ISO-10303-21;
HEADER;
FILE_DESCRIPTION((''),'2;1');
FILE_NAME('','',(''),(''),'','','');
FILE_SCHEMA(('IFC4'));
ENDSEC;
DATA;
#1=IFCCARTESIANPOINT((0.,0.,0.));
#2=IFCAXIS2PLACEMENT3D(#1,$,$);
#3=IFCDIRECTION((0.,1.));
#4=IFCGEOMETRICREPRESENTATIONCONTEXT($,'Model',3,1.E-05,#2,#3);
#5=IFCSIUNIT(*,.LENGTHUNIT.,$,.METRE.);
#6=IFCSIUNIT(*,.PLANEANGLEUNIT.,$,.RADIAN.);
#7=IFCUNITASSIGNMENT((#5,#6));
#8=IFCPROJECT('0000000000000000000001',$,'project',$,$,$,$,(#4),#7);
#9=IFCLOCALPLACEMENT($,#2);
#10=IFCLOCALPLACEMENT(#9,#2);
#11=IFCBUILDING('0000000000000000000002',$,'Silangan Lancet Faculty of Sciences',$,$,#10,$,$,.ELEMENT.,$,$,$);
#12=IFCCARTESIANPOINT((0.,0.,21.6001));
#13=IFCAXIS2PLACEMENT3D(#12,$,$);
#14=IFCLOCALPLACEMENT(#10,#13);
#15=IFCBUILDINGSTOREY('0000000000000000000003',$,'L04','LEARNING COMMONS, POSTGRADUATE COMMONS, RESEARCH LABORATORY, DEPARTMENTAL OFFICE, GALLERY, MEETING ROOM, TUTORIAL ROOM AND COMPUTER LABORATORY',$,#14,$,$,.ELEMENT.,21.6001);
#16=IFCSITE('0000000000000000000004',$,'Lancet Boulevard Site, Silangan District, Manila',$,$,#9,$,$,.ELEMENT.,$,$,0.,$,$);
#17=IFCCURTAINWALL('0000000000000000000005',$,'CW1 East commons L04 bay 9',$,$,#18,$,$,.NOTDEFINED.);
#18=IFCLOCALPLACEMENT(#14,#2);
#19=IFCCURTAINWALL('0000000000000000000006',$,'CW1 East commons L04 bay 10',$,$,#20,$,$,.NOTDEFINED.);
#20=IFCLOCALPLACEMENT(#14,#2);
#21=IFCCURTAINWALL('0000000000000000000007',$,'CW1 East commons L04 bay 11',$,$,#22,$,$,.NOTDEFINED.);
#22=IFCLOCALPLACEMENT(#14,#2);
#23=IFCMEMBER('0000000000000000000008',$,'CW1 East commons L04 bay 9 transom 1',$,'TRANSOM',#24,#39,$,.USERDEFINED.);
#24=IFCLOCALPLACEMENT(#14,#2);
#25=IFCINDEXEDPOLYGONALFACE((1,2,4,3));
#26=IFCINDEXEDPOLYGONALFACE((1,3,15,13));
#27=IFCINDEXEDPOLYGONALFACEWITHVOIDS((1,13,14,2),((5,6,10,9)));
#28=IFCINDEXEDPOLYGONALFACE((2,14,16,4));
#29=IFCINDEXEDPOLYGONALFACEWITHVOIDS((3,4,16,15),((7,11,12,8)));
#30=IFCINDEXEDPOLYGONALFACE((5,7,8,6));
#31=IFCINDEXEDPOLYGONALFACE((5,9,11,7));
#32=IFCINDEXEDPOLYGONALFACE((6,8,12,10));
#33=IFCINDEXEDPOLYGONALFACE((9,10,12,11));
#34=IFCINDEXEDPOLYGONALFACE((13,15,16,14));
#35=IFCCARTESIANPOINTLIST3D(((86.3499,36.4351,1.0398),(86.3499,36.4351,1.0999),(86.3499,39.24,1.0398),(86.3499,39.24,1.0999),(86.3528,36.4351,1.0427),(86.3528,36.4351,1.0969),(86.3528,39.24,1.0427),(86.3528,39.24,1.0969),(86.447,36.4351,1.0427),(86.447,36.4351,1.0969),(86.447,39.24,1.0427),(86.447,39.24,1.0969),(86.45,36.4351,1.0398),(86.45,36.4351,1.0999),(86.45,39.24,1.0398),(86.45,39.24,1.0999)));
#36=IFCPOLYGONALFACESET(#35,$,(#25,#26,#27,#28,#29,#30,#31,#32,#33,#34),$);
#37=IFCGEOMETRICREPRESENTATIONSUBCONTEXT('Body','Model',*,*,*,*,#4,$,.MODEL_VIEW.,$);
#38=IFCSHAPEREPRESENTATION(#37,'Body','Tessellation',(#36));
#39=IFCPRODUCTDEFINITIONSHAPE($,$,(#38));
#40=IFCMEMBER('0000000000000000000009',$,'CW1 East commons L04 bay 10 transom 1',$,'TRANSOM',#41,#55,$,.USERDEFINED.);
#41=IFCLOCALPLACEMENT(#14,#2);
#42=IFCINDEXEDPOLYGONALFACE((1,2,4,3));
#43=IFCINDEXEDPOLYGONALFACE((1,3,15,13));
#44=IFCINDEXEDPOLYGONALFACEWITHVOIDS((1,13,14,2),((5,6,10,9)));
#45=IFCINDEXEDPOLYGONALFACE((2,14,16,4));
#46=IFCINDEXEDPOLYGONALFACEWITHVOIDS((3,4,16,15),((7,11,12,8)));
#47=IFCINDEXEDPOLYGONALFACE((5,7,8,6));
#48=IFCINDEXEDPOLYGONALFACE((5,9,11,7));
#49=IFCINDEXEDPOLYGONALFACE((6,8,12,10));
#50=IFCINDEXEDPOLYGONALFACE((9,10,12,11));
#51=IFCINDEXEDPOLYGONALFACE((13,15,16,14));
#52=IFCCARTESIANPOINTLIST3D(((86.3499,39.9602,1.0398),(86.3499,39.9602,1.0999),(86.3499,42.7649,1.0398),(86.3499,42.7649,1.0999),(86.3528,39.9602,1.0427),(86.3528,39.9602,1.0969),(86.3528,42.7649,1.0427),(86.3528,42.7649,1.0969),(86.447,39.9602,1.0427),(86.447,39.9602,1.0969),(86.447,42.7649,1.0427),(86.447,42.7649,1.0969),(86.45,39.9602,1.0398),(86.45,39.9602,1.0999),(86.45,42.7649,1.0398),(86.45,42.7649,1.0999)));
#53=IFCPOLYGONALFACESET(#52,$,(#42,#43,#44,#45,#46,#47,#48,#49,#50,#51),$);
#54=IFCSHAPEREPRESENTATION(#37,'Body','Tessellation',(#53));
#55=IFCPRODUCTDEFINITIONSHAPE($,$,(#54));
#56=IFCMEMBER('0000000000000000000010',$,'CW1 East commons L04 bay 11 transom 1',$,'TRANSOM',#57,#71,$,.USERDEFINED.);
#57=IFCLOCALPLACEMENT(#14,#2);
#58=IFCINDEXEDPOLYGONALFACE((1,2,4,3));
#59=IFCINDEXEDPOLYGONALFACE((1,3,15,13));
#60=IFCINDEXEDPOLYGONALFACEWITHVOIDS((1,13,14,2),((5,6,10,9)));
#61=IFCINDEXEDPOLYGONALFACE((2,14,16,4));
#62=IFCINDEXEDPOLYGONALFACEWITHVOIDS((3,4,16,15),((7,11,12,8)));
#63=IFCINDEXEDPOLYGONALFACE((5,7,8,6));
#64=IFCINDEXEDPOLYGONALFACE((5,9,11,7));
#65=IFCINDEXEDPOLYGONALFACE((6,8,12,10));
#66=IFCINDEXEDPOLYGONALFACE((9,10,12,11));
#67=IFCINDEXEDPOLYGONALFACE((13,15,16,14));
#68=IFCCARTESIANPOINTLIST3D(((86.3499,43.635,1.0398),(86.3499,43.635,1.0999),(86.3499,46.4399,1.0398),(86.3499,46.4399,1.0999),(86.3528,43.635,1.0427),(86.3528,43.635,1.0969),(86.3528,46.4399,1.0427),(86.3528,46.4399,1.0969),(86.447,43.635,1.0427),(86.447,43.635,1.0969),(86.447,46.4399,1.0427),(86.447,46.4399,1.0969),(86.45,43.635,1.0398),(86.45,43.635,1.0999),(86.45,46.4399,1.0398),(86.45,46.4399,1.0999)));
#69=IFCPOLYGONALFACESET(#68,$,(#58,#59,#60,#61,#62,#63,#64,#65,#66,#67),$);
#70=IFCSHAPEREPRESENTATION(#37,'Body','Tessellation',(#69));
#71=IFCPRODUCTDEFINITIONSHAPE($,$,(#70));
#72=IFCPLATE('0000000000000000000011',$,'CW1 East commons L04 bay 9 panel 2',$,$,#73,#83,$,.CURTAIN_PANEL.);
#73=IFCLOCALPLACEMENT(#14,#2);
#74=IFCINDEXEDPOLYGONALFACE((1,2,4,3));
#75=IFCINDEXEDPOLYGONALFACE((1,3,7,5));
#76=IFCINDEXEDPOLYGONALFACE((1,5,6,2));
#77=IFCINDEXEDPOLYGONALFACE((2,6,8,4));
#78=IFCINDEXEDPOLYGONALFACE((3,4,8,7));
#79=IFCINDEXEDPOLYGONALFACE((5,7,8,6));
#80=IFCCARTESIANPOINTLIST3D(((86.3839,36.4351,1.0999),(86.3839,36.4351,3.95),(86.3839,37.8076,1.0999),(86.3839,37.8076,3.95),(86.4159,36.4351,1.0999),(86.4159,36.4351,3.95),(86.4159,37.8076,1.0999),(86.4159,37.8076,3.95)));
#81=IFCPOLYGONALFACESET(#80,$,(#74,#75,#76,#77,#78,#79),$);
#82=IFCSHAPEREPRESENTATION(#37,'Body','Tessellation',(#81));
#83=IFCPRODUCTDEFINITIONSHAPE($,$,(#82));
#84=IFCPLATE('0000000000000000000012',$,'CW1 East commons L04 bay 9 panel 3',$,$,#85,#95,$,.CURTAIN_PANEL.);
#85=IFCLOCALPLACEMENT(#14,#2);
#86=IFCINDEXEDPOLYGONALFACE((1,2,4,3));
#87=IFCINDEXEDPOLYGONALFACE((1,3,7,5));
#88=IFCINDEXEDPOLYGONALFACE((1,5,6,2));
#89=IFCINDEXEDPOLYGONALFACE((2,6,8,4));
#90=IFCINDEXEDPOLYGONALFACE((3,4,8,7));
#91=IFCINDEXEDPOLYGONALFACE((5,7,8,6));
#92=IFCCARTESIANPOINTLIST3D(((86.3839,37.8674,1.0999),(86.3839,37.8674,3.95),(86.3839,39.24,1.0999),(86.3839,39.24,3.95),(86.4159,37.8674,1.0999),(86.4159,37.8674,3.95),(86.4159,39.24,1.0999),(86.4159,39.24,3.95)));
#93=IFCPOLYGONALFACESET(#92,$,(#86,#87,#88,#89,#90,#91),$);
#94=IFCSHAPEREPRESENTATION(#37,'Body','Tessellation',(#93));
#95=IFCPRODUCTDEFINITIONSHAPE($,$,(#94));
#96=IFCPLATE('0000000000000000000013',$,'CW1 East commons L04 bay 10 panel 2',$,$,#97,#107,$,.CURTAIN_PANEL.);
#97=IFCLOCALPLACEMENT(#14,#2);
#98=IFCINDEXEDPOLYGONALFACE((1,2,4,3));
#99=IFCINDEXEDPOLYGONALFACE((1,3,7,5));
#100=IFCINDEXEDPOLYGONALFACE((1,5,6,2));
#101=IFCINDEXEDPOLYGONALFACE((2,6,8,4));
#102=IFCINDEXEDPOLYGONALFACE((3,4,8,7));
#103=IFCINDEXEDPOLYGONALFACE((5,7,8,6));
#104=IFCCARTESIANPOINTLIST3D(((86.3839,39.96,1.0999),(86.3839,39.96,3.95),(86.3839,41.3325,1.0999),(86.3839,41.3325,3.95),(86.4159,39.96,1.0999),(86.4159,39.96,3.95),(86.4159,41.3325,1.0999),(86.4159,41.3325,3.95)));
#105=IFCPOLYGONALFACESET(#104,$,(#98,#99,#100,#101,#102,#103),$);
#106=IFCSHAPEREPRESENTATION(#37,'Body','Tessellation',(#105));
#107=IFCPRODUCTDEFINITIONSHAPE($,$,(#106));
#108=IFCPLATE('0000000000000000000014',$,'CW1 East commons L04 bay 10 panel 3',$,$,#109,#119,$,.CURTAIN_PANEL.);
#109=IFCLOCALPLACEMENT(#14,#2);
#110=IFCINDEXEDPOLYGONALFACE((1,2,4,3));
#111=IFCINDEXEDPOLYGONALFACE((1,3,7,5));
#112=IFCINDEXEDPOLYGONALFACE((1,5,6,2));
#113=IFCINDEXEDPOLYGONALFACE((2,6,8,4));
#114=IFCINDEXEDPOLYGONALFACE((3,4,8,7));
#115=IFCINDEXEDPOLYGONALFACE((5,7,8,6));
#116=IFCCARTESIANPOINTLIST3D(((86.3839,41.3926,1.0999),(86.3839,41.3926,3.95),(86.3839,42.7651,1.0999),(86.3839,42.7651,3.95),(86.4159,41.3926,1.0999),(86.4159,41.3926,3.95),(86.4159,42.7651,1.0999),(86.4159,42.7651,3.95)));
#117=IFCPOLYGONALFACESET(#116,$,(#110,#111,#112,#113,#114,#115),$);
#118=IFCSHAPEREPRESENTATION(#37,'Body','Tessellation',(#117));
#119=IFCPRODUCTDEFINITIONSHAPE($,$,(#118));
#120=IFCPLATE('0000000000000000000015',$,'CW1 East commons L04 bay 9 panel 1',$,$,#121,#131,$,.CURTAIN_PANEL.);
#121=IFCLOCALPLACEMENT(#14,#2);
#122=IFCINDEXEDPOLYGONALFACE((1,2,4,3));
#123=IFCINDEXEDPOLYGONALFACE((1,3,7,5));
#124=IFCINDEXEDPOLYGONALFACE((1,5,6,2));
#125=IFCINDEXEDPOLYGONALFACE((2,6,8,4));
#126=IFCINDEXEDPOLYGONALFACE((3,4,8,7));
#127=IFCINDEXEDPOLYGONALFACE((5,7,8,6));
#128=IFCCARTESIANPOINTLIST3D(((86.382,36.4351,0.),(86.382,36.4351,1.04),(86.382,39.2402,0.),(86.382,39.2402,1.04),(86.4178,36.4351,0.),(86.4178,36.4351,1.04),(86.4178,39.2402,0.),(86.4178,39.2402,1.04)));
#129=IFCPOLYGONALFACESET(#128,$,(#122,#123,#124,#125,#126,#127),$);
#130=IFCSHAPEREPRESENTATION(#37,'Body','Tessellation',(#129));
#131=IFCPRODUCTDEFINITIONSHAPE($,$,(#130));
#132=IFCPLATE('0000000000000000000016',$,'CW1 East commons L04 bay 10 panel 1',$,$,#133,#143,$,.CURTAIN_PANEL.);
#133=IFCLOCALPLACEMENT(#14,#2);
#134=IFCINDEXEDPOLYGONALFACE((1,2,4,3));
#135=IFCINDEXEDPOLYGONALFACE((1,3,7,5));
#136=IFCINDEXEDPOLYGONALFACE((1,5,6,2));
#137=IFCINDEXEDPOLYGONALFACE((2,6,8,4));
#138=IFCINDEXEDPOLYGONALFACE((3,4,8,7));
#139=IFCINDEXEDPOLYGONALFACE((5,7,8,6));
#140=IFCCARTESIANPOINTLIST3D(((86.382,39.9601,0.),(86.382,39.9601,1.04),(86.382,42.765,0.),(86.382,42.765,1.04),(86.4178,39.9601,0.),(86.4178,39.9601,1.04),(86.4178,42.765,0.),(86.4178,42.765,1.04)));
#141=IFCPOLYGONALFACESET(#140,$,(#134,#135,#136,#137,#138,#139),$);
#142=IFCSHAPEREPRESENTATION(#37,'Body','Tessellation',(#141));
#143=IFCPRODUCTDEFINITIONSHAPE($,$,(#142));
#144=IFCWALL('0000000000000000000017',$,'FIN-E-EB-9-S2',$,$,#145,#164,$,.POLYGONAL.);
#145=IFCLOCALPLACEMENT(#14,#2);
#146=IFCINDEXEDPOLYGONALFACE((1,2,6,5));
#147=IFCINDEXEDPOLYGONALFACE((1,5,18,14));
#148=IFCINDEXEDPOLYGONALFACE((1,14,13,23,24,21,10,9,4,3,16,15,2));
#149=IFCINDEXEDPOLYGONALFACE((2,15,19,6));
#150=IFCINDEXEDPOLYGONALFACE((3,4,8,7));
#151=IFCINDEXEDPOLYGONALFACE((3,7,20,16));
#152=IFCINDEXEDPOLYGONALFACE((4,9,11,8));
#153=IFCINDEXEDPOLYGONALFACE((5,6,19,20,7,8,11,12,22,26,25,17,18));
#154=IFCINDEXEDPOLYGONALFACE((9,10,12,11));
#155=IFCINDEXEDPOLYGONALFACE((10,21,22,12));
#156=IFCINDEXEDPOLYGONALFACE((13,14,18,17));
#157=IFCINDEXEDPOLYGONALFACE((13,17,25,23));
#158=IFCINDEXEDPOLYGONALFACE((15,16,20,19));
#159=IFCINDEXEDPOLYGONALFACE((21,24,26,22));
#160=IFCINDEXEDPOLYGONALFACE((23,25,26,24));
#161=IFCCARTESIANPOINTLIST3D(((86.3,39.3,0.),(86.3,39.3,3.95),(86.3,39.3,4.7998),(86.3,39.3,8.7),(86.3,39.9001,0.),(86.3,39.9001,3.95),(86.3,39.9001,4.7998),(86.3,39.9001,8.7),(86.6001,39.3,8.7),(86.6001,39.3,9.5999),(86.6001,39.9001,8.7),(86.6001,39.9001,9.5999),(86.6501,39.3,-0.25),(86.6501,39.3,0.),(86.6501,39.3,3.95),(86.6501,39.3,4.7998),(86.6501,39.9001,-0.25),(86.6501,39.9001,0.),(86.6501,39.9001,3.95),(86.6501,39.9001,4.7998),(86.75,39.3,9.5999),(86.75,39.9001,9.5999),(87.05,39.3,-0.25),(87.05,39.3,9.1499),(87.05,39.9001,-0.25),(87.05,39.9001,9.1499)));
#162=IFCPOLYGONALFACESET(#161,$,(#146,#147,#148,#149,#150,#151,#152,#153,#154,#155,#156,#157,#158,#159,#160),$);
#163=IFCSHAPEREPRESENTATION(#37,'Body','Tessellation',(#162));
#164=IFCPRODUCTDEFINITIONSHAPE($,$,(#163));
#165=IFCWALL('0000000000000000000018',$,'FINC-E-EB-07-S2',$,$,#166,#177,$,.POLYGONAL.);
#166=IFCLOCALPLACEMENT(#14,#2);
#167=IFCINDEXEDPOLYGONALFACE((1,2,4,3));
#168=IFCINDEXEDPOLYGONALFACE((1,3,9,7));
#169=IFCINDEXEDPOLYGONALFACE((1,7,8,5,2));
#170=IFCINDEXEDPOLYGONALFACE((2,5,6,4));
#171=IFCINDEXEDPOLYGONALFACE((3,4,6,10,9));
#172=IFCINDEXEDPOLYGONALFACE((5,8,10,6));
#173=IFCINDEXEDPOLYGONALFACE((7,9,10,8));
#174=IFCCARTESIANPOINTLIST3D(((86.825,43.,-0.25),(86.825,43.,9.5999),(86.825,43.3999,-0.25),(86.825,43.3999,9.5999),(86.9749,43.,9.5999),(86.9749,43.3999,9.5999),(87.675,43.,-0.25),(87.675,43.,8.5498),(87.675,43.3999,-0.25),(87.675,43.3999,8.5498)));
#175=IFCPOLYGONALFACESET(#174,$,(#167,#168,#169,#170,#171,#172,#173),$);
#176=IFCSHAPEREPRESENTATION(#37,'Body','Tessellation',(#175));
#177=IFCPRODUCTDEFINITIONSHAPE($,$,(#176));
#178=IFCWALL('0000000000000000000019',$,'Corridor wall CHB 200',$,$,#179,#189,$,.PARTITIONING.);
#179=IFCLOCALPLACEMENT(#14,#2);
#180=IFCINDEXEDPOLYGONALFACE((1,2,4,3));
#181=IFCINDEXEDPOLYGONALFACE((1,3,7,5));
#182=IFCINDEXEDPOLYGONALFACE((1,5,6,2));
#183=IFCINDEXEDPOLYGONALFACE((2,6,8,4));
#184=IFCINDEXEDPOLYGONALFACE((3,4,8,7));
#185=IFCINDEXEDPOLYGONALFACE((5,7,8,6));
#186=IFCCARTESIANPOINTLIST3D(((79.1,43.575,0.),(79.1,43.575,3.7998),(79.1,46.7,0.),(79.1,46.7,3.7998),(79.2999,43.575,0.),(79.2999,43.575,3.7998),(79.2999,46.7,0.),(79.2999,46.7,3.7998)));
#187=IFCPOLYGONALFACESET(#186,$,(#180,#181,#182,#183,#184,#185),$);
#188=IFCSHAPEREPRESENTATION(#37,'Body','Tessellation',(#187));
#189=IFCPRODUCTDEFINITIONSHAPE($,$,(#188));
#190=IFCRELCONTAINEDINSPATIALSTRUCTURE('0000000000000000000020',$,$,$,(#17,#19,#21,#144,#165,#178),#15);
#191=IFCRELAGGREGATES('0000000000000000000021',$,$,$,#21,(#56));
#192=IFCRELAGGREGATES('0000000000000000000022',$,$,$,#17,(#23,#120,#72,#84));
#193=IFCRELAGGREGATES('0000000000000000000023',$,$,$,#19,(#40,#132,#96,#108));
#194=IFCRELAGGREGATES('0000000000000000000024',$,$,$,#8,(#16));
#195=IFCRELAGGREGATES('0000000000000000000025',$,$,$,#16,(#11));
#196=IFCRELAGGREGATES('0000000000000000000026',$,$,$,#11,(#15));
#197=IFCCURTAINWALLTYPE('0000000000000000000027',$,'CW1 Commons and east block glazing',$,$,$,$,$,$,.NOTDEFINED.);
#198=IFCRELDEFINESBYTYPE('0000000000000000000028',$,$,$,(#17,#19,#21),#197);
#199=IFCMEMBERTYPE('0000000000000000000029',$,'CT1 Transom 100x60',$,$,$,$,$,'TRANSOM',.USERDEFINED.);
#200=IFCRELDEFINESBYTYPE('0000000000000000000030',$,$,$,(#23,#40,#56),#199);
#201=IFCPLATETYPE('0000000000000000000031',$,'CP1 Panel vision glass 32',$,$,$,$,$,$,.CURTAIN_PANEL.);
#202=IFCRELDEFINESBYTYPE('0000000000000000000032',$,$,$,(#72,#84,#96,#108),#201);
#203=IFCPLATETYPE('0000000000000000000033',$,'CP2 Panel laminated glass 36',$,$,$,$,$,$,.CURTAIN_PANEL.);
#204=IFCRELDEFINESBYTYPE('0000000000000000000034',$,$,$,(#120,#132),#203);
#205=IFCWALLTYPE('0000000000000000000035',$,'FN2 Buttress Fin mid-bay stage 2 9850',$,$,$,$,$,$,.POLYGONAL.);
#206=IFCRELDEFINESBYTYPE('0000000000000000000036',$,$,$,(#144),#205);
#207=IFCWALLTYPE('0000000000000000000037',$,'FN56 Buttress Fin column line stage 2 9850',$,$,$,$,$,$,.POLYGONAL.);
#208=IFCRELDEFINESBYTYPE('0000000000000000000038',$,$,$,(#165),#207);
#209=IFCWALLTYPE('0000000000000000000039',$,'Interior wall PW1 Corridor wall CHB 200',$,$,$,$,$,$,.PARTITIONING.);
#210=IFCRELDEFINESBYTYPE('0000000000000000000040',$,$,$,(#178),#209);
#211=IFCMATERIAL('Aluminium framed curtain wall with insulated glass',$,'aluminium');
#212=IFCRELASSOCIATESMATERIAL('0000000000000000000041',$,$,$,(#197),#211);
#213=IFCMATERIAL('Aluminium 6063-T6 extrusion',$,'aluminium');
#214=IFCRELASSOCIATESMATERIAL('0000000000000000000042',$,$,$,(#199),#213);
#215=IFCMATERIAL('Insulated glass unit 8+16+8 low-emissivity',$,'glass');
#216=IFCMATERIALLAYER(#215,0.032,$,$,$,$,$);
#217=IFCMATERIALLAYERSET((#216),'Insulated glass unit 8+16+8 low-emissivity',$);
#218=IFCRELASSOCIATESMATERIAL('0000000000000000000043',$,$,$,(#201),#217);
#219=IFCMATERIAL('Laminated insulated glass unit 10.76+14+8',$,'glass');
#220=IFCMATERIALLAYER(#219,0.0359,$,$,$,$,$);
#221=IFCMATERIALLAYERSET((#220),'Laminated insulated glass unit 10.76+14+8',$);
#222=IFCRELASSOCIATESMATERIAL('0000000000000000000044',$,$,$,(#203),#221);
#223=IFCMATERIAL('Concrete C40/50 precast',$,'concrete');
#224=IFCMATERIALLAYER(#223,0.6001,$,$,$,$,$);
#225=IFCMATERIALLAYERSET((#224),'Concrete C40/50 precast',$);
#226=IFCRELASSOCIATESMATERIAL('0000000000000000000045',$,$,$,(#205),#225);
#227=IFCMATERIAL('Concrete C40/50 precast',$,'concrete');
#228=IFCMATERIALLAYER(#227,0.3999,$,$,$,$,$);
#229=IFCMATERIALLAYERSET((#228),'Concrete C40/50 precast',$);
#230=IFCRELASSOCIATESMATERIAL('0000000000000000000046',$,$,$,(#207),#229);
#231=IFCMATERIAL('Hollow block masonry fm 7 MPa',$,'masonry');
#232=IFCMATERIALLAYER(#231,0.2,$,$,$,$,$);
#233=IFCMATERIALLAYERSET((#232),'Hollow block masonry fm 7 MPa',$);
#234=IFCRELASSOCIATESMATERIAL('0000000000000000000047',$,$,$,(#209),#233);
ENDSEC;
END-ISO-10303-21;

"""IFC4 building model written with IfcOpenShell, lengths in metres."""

from ifc_helpers import new_model, si_unit, direction, frame, frame_2d, origin, origin_2d, place, context, subcontext, project, spatial, polyline, rectangle, hollow_rectangle, outline, extrude, material, layer, layer_set, material_profile, profile_set, type_object, element, aggregate, save


model = new_model("IFC4")

# Units and contexts
model_context = context("Model", 3, precision=1e-05, world=origin(), true_north=direction((0.0, 1.0)))
body_context = subcontext(model_context, "Body", "Model", "MODEL_VIEW")
ifc_project = project(units=[si_unit("LENGTHUNIT", "METRE"), si_unit("PLANEANGLEUNIT", "RADIAN")], contexts=[model_context])

# Site, building, storey
site_placement = place(None, origin())
site = spatial("IfcSite", under=ifc_project, at=site_placement, Name="Lancet Boulevard Site, Silangan District, Manila", CompositionType="ELEMENT", RefElevation=0.0)
building_placement = place(site_placement, origin())
building = spatial("IfcBuilding", under=site, at=building_placement, Name="Silangan Lancet Faculty of Sciences", CompositionType="ELEMENT")
storey_placement = place(building_placement, frame((0.0, 0.0, 21.6001)))
storey = spatial("IfcBuildingStorey", under=building, at=storey_placement, Name="L04", Description="LEARNING COMMONS, POSTGRADUATE COMMONS, RESEARCH LABORATORY, DEPARTMENTAL OFFICE, GALLERY, MEETING ROOM, TUTORIAL ROOM AND COMPUTER LABORATORY", CompositionType="ELEMENT", Elevation=21.6001)

# Curtain walls
ifc_material_1 = material(Name="Aluminium framed curtain wall with insulated glass", Category="aluminium")
curtain_wall_type = type_object("IfcCurtainWallType", Name="CW1 Commons and east block glazing", PredefinedType="NOTDEFINED", material=ifc_material_1)
curtain_wall_1_placement = place(storey_placement, origin())
curtain_wall_1 = element("IfcCurtainWall", 1, at=curtain_wall_1_placement, inside=storey, type_object=curtain_wall_type, Name="CW1 East commons L04 bay 9", PredefinedType="NOTDEFINED")
curtain_wall_2_placement = place(storey_placement, origin())
curtain_wall_2 = element("IfcCurtainWall", 2, at=curtain_wall_2_placement, inside=storey, type_object=curtain_wall_type, Name="CW1 East commons L04 bay 10", PredefinedType="NOTDEFINED")

# Curtain wall
curtain_wall_3_placement = place(storey_placement, origin())
curtain_wall_3 = element("IfcCurtainWall", 3, at=curtain_wall_3_placement, inside=storey, type_object=curtain_wall_type, Name="CW1 East commons L04 bay 11", PredefinedType="NOTDEFINED")

# Members
ifc_material_2 = material(Name="Aluminium 6063-T6 extrusion", Category="aluminium")
ifc_material_profile_1 = material_profile(ifc_material_2, hollow_rectangle(XDim=0.1001, YDim=0.0601, WallThickness=0.0029, at=origin_2d()), Name="AL BOX 100x60x3")
ifc_profile_set_1 = profile_set([ifc_material_profile_1], Name="Aluminium 6063-T6 extrusion")
member_type_1 = type_object("IfcMemberType", Name="CT1 Transom 100x60", ElementType="TRANSOM", PredefinedType="USERDEFINED", material=ifc_profile_set_1)
member_1_placement = place(storey_placement, frame((86.3999, 36.4351, 1.0698), z_axis=(0.0, 1.0, 0.0), x_axis=(-1.0, 0.0, 0.0)))
member_1 = element("IfcMember", 4, at=member_1_placement, type_object=member_type_1, Name="CW1 East commons L04 bay 9 transom 1", ObjectType="TRANSOM", PredefinedType="USERDEFINED", context=body_context, shape_type="SweptSolid", body=[
    extrude(hollow_rectangle(XDim=0.1001, YDim=0.0601, WallThickness=0.0029, at=origin_2d()), origin(), (0.0, 0.0, 1.0), 2.8049),
])
member_2_placement = place(storey_placement, frame((86.3999, 39.9602, 1.0698), z_axis=(0.0, 1.0, 0.0), x_axis=(-1.0, 0.0, 0.0)))
member_2 = element("IfcMember", 5, at=member_2_placement, type_object=member_type_1, Name="CW1 East commons L04 bay 10 transom 1", ObjectType="TRANSOM", PredefinedType="USERDEFINED", context=body_context, shape_type="SweptSolid", body=[
    extrude(hollow_rectangle(XDim=0.1001, YDim=0.0601, WallThickness=0.0029, at=origin_2d()), origin(), (0.0, 0.0, 1.0), 2.8047),
])
member_3_placement = place(storey_placement, frame((86.3999, 43.635, 1.0698), z_axis=(0.0, 1.0, 0.0), x_axis=(-1.0, 0.0, 0.0)))
member_3 = element("IfcMember", 6, at=member_3_placement, type_object=member_type_1, Name="CW1 East commons L04 bay 11 transom 1", ObjectType="TRANSOM", PredefinedType="USERDEFINED", context=body_context, shape_type="SweptSolid", body=[
    extrude(hollow_rectangle(XDim=0.1001, YDim=0.0601, WallThickness=0.0029, at=origin_2d()), origin(), (0.0, 0.0, 1.0), 2.8049),
])
aggregate(curtain_wall_3, [member_3])

# Plates
ifc_material_3 = material(Name="Insulated glass unit 8+16+8 low-emissivity", Category="glass")
ifc_layer_1 = layer(ifc_material_3, 0.032)
ifc_layer_set_1 = layer_set([ifc_layer_1], Name="Insulated glass unit 8+16+8 low-emissivity")
plate_type_1 = type_object("IfcPlateType", Name="CP1 Panel vision glass 32", PredefinedType="CURTAIN_PANEL", material=ifc_layer_set_1)
plate_1_placement = place(storey_placement, frame((86.3999, 37.1213, 1.0999), z_axis=(0.0, 0.0, 1.0), x_axis=(0.0, 1.0, 0.0)))
plate_1 = element("IfcPlate", 7, at=plate_1_placement, type_object=plate_type_1, Name="CW1 East commons L04 bay 9 panel 2", PredefinedType="CURTAIN_PANEL", context=body_context, shape_type="SweptSolid", body=[
    extrude(rectangle(XDim=1.3726, YDim=0.032, at=origin_2d()), origin(), (0.0, 0.0, 1.0), 2.8501),
])
plate_2_placement = place(storey_placement, frame((86.3999, 38.5537, 1.0999), z_axis=(0.0, 0.0, 1.0), x_axis=(0.0, 1.0, 0.0)))
plate_2 = element("IfcPlate", 8, at=plate_2_placement, type_object=plate_type_1, Name="CW1 East commons L04 bay 9 panel 3", PredefinedType="CURTAIN_PANEL", context=body_context, shape_type="SweptSolid", body=[
    extrude(rectangle(XDim=1.3726, YDim=0.032, at=origin_2d()), origin(), (0.0, 0.0, 1.0), 2.8501),
])
plate_3_placement = place(storey_placement, frame((86.3999, 40.6462, 1.0999), z_axis=(0.0, 0.0, 1.0), x_axis=(0.0, 1.0, 0.0)))
plate_3 = element("IfcPlate", 9, at=plate_3_placement, type_object=plate_type_1, Name="CW1 East commons L04 bay 10 panel 2", PredefinedType="CURTAIN_PANEL", context=body_context, shape_type="SweptSolid", body=[
    extrude(rectangle(XDim=1.3726, YDim=0.032, at=origin_2d()), origin(), (0.0, 0.0, 1.0), 2.8501),
])
plate_4_placement = place(storey_placement, frame((86.3999, 42.0789, 1.0999), z_axis=(0.0, 0.0, 1.0), x_axis=(0.0, 1.0, 0.0)))
plate_4 = element("IfcPlate", 10, at=plate_4_placement, type_object=plate_type_1, Name="CW1 East commons L04 bay 10 panel 3", PredefinedType="CURTAIN_PANEL", context=body_context, shape_type="SweptSolid", body=[
    extrude(rectangle(XDim=1.3726, YDim=0.032, at=origin_2d()), origin(), (0.0, 0.0, 1.0), 2.8501),
])
ifc_material_4 = material(Name="Laminated insulated glass unit 10.76+14+8", Category="glass")
ifc_layer_2 = layer(ifc_material_4, 0.0359)
ifc_layer_set_2 = layer_set([ifc_layer_2], Name="Laminated insulated glass unit 10.76+14+8")
plate_type_2 = type_object("IfcPlateType", Name="CP2 Panel laminated glass 36", PredefinedType="CURTAIN_PANEL", material=ifc_layer_set_2)
plate_5_placement = place(storey_placement, frame((86.3999, 37.8376, 0.0), z_axis=(0.0, 0.0, 1.0), x_axis=(0.0, 1.0, 0.0)))
plate_5 = element("IfcPlate", 11, at=plate_5_placement, type_object=plate_type_2, Name="CW1 East commons L04 bay 9 panel 1", PredefinedType="CURTAIN_PANEL", context=body_context, shape_type="SweptSolid", body=[
    extrude(rectangle(XDim=2.8052, YDim=0.0359, at=origin_2d()), origin(), (0.0, 0.0, 1.0), 1.04),
])
aggregate(curtain_wall_1, [member_1, plate_5, plate_1, plate_2])
plate_6_placement = place(storey_placement, frame((86.3999, 41.3625, 0.0), z_axis=(0.0, 0.0, 1.0), x_axis=(0.0, 1.0, 0.0)))
plate_6 = element("IfcPlate", 12, at=plate_6_placement, type_object=plate_type_2, Name="CW1 East commons L04 bay 10 panel 1", PredefinedType="CURTAIN_PANEL", context=body_context, shape_type="SweptSolid", body=[
    extrude(rectangle(XDim=2.8049, YDim=0.0359, at=origin_2d()), origin(), (0.0, 0.0, 1.0), 1.04),
])
aggregate(curtain_wall_2, [member_2, plate_6, plate_3, plate_4])

# Walls
ifc_material_5 = material(Name="Concrete C40/50 precast", Category="concrete")
ifc_layer_3 = layer(ifc_material_5, 0.6001)
ifc_layer_set_3 = layer_set([ifc_layer_3], Name="Concrete C40/50 precast")
wall_type_1 = type_object("IfcWallType", Name="FN2 Buttress Fin mid-bay stage 2 9850", PredefinedType="POLYGONAL", material=ifc_layer_set_3)
wall_1_placement = place(storey_placement, frame((86.3, 39.6001, -0.25), z_axis=(0.0, 0.0, 1.0), x_axis=(1.0, 0.0, 0.0)))
element("IfcWall", 13, at=wall_1_placement, inside=storey, type_object=wall_type_1, Name="FIN-E-EB-9-S2", PredefinedType="POLYGONAL", context=body_context, shape_type="SweptSolid", body=[
    extrude(outline(polyline([(0.75, 0.0), (0.75, 9.3999), (0.45, 9.8499), (0.3, 9.8499), (0.3, 8.95), (0.0, 8.95), (0.0, 5.0498), (0.3501, 5.0498), (0.3501, 4.2), (0.0, 4.2), (0.0, 0.25), (0.3501, 0.25), (0.3501, 0.0), (0.75, 0.0)])), frame((0.0, 0.3, 0.0), z_axis=(0.0, -1.0, 0.0), x_axis=(1.0, 0.0, 0.0)), (0.0, 0.0, 1.0), 0.6001),
])
ifc_material_6 = material(Name="Concrete C40/50 precast", Category="concrete")
ifc_layer_4 = layer(ifc_material_6, 0.3999)
ifc_layer_set_4 = layer_set([ifc_layer_4], Name="Concrete C40/50 precast")
wall_type_2 = type_object("IfcWallType", Name="FN56 Buttress Fin column line stage 2 9850", PredefinedType="POLYGONAL", material=ifc_layer_set_4)
wall_2_placement = place(storey_placement, frame((86.825, 43.2, -0.25), z_axis=(0.0, 0.0, 1.0), x_axis=(1.0, 0.0, 0.0)))
element("IfcWall", 14, at=wall_2_placement, inside=storey, type_object=wall_type_2, Name="FINC-E-EB-07-S2", PredefinedType="POLYGONAL", context=body_context, shape_type="SweptSolid", body=[
    extrude(outline(polyline([(0.8501, 0.0), (0.8501, 8.7998), (0.1499, 9.8499), (0.0, 9.8499), (0.0, 0.0), (0.8501, 0.0)])), frame((0.0, 0.2, 0.0), z_axis=(0.0, -1.0, 0.0), x_axis=(1.0, 0.0, 0.0)), (0.0, 0.0, 1.0), 0.3999),
])
ifc_material_7 = material(Name="Hollow block masonry fm 7 MPa", Category="masonry")
ifc_layer_5 = layer(ifc_material_7, 0.2)
ifc_layer_set_5 = layer_set([ifc_layer_5], Name="Hollow block masonry fm 7 MPa")
wall_type_3 = type_object("IfcWallType", Name="Interior wall PW1 Corridor wall CHB 200", PredefinedType="PARTITIONING", material=ifc_layer_set_5)
wall_3_placement = place(storey_placement, frame((79.2, 43.575, 0.0), z_axis=(0.0, 0.0, 1.0), x_axis=(0.0, 1.0, 0.0)))
element("IfcWall", 15, at=wall_3_placement, inside=storey, type_object=wall_type_3, Name="Corridor wall CHB 200", PredefinedType="PARTITIONING", context=body_context, shape_type="SweptSolid", body=[
    extrude(rectangle(XDim=3.125, YDim=0.2, at=frame_2d((1.5625, 0.0))), origin(), (0.0, 0.0, 1.0), 3.7998),
])

save(model, "model.ifc")
